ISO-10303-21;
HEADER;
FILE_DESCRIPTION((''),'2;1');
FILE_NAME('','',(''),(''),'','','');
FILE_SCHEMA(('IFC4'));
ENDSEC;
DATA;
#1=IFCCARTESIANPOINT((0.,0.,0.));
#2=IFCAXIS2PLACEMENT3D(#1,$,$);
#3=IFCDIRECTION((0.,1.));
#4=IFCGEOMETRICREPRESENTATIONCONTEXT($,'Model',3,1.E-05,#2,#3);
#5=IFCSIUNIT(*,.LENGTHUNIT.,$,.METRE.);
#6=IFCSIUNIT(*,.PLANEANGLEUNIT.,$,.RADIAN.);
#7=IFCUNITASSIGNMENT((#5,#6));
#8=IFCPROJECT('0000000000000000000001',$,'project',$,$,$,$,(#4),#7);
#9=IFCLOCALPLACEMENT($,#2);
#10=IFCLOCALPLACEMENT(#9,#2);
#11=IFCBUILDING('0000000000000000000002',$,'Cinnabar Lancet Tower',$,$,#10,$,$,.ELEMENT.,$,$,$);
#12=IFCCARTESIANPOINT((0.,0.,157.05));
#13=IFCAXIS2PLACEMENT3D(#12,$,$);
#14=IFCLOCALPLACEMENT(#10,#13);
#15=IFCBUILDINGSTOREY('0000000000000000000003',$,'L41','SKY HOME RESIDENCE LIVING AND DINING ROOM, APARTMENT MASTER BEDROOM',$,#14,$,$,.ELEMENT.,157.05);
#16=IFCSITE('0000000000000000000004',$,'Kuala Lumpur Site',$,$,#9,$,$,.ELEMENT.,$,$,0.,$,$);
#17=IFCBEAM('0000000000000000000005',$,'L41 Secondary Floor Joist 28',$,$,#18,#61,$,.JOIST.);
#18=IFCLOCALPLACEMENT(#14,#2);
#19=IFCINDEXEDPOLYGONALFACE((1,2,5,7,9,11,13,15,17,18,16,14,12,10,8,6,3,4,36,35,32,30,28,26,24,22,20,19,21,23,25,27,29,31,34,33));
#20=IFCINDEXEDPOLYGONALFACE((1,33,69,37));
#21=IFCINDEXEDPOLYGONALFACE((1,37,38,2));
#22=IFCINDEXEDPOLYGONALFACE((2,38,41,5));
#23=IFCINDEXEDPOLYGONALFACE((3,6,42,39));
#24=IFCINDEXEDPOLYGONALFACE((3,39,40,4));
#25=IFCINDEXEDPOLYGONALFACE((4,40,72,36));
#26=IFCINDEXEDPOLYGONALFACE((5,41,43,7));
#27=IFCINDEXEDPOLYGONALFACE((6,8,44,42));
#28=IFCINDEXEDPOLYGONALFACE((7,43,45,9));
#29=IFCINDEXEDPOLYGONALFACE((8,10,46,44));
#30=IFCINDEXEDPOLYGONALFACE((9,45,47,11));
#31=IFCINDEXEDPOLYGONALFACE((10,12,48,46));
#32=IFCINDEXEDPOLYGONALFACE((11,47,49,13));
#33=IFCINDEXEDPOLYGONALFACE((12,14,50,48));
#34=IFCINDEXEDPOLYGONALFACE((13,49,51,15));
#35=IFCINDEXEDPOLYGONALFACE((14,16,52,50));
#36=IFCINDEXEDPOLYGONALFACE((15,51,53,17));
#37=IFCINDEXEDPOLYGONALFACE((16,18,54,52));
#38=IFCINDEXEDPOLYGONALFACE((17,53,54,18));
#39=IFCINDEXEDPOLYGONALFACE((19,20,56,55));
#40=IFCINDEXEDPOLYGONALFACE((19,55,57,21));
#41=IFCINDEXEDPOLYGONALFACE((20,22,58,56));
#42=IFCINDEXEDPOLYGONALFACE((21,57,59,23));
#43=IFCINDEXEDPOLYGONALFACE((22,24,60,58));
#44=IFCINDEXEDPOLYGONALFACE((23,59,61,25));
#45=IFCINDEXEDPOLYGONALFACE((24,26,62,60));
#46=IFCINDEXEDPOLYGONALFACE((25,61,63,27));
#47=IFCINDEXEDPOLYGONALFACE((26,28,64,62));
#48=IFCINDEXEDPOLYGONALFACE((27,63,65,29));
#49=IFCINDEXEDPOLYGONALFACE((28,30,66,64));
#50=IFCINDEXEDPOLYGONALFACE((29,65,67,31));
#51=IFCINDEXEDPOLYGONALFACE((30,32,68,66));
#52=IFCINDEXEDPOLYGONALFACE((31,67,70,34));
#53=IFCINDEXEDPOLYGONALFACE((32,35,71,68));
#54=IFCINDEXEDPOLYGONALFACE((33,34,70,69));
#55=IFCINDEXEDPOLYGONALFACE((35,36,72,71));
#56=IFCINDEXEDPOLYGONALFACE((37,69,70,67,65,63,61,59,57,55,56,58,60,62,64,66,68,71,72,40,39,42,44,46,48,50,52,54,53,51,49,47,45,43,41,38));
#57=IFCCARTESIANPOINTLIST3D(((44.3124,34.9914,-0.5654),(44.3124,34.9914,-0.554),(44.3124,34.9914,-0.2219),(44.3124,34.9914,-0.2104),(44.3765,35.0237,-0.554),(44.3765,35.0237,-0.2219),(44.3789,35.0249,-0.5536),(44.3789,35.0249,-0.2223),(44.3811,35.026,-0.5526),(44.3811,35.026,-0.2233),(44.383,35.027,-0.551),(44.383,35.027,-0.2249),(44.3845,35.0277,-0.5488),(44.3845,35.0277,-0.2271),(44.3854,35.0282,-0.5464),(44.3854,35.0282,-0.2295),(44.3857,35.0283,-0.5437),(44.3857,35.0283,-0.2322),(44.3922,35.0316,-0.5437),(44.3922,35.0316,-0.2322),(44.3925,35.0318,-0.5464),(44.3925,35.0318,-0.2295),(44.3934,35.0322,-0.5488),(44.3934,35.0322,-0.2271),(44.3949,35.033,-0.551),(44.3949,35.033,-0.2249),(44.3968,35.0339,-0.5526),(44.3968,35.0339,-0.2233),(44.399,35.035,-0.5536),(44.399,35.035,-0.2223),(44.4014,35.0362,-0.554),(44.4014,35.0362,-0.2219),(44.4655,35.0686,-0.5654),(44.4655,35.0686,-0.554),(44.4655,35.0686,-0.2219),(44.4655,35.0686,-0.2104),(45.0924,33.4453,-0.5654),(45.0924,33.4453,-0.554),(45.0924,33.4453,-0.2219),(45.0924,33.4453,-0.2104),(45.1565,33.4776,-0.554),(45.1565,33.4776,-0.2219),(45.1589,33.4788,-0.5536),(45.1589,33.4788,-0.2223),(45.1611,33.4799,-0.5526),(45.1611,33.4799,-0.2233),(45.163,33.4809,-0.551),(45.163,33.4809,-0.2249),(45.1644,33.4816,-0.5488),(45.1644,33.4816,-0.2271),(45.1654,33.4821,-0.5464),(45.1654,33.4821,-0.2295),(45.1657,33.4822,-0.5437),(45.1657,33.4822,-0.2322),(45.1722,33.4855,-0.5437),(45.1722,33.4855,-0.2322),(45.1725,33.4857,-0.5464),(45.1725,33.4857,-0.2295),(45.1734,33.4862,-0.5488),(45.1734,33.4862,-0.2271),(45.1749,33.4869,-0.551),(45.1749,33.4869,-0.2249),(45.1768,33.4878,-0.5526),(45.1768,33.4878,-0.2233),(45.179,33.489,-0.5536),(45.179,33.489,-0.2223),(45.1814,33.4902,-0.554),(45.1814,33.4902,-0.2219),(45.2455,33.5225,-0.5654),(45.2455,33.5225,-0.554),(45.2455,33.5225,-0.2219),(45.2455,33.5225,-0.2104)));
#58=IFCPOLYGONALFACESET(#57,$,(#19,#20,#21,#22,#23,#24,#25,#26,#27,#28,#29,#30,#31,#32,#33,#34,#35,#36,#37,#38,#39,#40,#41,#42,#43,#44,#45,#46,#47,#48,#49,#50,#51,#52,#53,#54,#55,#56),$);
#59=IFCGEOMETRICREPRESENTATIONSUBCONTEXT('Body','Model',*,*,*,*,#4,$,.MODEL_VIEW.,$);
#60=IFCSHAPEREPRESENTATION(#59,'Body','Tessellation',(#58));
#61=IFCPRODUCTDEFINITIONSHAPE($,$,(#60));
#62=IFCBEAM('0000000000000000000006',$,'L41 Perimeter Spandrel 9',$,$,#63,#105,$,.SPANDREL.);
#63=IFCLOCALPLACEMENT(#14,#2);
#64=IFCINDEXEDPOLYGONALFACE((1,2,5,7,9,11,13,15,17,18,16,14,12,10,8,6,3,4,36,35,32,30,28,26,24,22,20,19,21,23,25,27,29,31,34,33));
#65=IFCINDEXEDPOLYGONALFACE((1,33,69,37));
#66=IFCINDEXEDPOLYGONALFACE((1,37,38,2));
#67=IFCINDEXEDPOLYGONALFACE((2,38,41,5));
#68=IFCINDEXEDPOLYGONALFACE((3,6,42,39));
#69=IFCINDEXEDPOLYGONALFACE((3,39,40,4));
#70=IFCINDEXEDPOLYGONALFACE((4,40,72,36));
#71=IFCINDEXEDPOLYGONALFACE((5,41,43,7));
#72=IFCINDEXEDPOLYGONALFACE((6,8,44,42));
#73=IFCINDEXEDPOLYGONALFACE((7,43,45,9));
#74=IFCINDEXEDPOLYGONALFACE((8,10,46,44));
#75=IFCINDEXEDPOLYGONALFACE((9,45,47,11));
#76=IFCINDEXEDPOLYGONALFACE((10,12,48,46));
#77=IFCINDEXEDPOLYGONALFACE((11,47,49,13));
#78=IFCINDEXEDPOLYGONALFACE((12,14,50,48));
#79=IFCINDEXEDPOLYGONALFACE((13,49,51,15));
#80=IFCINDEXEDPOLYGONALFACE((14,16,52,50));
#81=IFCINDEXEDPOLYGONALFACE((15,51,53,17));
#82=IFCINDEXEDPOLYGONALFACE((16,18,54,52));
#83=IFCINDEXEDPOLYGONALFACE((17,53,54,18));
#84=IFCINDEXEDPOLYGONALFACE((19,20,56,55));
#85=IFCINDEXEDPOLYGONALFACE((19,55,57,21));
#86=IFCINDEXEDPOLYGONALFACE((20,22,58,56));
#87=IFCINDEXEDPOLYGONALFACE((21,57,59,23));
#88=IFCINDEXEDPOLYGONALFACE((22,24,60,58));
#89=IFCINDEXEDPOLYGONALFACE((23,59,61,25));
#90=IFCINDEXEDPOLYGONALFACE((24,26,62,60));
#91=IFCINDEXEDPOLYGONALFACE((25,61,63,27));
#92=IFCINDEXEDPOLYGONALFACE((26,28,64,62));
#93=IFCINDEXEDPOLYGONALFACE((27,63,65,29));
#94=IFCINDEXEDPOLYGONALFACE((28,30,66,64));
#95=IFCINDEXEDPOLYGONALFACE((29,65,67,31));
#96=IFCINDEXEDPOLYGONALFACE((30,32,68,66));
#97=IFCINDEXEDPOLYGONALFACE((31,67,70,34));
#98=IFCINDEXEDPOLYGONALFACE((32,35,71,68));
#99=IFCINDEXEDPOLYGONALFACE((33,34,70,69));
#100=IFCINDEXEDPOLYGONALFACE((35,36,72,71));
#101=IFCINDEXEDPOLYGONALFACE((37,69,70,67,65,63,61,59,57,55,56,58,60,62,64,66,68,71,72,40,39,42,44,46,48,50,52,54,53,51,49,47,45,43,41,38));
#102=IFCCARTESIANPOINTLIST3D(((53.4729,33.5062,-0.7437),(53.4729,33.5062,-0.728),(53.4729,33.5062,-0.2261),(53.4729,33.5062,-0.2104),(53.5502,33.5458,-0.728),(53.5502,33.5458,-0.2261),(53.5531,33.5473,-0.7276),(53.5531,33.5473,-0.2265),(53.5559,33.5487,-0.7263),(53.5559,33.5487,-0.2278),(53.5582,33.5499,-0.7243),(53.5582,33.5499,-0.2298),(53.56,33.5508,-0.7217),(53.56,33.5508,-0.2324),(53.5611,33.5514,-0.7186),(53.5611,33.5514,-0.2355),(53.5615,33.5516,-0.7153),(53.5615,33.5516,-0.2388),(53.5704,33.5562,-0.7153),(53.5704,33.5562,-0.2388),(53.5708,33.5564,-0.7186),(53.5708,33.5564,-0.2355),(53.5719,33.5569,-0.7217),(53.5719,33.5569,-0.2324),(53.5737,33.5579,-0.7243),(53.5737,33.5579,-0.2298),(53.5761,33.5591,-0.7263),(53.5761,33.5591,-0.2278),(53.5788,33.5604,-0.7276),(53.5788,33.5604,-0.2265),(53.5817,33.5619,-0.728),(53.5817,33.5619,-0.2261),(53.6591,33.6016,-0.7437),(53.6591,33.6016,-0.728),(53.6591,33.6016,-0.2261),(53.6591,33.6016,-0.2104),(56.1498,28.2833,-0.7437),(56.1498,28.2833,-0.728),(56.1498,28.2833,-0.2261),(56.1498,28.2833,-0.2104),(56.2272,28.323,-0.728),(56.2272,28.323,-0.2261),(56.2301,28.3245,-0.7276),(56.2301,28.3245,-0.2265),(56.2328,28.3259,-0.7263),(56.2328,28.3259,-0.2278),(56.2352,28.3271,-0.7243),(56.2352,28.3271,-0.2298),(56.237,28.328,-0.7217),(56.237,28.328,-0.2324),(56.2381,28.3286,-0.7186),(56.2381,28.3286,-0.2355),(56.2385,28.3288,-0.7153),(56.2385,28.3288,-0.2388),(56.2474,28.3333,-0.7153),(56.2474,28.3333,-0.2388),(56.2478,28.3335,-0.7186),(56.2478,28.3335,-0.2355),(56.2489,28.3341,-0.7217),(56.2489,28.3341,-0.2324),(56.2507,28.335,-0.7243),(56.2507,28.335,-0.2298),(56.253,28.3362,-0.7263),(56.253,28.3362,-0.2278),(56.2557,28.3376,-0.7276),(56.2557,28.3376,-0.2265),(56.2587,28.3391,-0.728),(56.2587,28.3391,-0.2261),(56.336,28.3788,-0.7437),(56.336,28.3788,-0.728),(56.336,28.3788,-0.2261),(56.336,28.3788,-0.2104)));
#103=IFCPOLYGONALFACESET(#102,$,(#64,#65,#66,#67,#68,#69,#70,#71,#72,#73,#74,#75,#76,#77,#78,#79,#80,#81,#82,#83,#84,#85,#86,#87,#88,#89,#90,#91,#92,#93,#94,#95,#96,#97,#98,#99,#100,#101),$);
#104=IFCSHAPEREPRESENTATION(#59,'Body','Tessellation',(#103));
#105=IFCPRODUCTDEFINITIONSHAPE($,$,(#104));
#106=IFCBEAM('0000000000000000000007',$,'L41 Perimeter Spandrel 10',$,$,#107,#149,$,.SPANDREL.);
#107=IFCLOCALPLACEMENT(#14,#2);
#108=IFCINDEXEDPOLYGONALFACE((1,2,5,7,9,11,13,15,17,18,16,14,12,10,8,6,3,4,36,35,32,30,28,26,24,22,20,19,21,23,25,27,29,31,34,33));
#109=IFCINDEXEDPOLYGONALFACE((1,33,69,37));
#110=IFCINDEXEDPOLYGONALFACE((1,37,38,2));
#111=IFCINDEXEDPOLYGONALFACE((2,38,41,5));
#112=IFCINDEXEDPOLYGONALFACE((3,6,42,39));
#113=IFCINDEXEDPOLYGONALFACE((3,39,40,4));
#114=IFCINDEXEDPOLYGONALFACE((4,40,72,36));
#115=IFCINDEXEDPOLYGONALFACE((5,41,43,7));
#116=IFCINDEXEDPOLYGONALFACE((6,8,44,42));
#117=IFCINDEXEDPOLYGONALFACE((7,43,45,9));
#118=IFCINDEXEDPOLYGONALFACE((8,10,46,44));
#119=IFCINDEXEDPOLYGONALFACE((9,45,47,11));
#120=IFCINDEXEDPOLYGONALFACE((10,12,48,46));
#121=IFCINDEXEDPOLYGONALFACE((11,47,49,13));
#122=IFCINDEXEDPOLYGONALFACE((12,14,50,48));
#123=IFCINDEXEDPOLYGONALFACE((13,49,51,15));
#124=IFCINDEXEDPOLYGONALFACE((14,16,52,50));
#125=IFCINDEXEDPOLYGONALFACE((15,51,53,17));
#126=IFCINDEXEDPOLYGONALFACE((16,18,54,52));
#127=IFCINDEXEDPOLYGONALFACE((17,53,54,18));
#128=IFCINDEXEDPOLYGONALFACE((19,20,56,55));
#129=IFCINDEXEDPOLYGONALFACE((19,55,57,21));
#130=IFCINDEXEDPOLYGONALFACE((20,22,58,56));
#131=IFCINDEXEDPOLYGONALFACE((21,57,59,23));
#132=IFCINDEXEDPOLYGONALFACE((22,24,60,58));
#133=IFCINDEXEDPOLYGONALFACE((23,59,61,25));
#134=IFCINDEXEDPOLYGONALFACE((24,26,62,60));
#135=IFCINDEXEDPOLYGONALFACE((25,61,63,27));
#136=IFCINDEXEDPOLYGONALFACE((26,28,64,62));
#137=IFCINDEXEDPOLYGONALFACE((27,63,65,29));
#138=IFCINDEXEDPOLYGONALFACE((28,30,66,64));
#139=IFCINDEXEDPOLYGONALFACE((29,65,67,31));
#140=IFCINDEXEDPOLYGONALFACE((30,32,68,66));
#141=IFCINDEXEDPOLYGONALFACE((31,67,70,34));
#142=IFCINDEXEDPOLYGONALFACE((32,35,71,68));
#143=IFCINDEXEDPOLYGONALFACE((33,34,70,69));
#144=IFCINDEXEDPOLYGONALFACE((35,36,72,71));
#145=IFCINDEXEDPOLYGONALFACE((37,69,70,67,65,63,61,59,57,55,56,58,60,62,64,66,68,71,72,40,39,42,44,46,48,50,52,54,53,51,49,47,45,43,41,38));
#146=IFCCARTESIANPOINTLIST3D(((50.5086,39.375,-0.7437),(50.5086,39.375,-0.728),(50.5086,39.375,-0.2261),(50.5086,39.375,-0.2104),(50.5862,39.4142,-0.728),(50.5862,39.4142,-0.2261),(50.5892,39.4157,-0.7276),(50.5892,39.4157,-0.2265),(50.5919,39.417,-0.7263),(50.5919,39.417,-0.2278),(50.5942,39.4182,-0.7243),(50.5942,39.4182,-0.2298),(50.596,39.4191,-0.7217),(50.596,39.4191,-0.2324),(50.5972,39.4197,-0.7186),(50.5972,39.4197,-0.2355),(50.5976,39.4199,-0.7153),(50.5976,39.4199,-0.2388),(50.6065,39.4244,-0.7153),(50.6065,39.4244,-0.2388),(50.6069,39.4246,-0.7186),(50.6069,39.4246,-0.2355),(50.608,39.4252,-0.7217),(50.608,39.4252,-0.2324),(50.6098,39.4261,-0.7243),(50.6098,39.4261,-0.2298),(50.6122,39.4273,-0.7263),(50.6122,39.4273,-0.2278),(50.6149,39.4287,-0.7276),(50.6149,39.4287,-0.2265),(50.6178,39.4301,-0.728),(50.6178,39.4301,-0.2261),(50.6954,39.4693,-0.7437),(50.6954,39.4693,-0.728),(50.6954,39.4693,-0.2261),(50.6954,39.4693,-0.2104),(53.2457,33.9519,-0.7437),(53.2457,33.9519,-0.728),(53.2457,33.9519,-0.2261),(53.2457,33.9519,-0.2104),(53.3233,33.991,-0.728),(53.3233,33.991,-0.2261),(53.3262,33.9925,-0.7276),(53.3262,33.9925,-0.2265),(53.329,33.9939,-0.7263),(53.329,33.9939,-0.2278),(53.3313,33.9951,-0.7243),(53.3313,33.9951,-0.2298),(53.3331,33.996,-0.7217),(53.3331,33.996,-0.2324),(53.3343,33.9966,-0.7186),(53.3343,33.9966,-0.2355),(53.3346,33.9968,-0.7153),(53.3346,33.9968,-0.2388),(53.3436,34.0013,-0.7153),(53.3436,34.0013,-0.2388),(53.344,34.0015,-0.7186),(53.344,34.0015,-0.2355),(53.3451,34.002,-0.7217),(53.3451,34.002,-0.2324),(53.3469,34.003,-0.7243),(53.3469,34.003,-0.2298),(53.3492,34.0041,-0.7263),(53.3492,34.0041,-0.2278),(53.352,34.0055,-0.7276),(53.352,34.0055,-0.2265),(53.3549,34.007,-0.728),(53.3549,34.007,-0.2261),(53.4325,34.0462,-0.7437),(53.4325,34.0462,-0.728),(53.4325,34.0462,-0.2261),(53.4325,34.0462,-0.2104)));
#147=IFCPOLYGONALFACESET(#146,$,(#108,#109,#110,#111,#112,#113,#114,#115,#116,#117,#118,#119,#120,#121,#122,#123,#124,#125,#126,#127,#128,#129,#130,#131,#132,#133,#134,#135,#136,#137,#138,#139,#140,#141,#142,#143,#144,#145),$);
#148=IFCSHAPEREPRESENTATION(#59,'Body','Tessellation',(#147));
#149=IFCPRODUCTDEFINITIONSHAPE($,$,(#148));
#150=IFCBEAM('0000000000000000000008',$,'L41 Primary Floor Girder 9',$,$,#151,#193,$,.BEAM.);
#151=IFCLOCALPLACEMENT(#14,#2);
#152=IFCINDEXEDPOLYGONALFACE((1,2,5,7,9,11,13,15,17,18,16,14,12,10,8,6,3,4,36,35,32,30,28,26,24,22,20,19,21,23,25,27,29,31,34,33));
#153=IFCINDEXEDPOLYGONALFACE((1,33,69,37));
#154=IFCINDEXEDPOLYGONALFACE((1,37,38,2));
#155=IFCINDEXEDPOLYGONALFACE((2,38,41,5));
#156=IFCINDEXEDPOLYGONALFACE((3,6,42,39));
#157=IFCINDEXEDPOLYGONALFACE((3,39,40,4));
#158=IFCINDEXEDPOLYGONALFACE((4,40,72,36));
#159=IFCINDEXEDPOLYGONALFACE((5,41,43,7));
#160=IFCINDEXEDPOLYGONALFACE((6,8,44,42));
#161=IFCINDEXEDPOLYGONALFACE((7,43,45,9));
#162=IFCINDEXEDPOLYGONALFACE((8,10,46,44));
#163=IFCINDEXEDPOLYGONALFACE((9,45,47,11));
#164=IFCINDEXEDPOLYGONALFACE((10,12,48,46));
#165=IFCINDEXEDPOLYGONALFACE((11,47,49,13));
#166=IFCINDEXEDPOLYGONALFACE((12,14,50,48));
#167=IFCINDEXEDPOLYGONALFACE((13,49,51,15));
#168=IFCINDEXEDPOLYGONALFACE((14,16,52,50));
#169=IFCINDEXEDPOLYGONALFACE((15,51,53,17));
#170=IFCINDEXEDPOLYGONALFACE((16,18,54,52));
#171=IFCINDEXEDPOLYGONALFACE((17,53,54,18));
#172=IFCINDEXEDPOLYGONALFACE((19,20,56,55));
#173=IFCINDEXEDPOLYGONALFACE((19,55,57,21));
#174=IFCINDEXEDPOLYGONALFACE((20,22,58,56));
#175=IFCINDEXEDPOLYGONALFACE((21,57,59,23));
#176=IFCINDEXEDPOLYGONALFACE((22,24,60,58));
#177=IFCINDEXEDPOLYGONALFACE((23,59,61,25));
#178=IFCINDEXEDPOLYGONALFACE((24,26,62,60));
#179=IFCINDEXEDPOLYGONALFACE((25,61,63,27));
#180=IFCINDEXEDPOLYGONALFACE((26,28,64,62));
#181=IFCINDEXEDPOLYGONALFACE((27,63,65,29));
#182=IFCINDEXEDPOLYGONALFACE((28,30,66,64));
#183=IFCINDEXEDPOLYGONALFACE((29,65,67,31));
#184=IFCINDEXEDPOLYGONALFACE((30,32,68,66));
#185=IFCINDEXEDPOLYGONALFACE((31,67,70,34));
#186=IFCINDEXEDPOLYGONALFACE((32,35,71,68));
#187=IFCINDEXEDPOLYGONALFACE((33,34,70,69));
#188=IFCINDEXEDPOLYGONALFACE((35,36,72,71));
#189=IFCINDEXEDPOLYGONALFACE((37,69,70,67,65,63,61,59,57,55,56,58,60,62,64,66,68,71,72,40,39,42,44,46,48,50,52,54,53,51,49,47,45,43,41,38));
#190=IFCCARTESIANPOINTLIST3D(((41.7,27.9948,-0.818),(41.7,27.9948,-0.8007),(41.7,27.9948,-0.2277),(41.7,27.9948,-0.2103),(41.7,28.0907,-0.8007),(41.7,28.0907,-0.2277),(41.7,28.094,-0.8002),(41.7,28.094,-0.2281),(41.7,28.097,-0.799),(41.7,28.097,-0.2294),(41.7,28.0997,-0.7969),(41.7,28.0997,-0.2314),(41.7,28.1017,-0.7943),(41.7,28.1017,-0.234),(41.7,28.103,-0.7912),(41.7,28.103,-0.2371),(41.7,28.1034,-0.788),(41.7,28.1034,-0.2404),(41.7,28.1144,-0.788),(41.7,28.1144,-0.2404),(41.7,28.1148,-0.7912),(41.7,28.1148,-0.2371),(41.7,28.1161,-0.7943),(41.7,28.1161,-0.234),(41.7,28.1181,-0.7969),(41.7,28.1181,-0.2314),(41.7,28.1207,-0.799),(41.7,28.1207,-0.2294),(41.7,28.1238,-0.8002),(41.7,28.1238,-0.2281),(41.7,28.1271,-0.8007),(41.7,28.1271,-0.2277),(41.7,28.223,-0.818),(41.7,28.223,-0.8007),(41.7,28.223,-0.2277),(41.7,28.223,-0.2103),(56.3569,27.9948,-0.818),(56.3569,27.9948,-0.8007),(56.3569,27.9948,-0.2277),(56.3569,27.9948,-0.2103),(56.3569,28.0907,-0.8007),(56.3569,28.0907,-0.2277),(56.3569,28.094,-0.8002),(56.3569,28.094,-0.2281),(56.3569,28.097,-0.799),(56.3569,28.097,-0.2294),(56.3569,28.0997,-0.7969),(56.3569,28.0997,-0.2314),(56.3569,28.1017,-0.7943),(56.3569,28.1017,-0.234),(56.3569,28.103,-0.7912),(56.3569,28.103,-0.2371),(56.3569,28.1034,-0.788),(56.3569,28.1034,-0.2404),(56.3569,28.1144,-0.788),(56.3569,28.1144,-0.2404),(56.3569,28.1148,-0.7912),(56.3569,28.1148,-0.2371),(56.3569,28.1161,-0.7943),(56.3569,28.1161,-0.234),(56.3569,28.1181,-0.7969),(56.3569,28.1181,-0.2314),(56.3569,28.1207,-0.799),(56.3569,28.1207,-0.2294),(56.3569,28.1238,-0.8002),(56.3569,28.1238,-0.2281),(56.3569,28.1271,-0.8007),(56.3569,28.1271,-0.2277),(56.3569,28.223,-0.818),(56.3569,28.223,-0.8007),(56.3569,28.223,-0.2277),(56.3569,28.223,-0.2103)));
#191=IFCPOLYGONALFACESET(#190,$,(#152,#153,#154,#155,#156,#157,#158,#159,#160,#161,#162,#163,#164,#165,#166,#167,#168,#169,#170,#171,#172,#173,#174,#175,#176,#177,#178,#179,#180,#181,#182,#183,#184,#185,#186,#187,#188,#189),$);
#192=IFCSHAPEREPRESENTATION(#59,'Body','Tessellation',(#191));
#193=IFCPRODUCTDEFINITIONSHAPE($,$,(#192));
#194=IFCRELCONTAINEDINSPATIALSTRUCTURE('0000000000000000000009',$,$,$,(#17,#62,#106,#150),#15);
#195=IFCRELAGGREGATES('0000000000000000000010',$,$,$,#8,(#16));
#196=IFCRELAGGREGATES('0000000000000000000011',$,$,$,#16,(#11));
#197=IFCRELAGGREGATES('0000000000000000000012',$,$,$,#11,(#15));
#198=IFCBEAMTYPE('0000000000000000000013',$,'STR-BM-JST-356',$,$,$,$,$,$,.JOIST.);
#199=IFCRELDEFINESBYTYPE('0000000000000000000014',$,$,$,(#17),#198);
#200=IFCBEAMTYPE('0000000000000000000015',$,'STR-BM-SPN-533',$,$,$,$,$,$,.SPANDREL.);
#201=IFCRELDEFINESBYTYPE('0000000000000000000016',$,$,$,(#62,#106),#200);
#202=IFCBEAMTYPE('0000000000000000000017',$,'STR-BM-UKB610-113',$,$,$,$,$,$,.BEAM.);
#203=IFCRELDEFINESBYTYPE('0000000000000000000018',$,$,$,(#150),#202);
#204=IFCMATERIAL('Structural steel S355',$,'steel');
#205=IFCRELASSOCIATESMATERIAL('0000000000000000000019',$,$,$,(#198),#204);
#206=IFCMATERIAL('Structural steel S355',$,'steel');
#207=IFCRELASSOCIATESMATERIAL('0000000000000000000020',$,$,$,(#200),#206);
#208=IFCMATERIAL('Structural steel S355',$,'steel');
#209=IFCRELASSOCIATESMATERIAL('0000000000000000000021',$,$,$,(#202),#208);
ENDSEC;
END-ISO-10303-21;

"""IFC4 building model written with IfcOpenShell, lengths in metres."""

from ifc_helpers import new_model, si_unit, direction, frame, origin, origin_2d, place, context, subcontext, project, spatial, i_section, extrude, material, material_profile, profile_set, type_object, element, save


model = new_model("IFC4")

# Units and contexts
model_context = context("Model", 3, precision=1e-05, world=origin(), true_north=direction((0.0, 1.0)))
body_context = subcontext(model_context, "Body", "Model", "MODEL_VIEW")
ifc_project = project(units=[si_unit("LENGTHUNIT", "METRE"), si_unit("PLANEANGLEUNIT", "RADIAN")], contexts=[model_context])

# Site, building, storey
site_placement = place(None, origin())
site = spatial("IfcSite", under=ifc_project, at=site_placement, Name="Kuala Lumpur Site", CompositionType="ELEMENT", RefElevation=0.0)
building_placement = place(site_placement, origin())
building = spatial("IfcBuilding", under=site, at=building_placement, Name="Cinnabar Lancet Tower", CompositionType="ELEMENT")
storey_placement = place(building_placement, frame((0.0, 0.0, 157.05)))
storey = spatial("IfcBuildingStorey", under=building, at=storey_placement, Name="L41", Description="SKY HOME RESIDENCE LIVING AND DINING ROOM, APARTMENT MASTER BEDROOM", CompositionType="ELEMENT", Elevation=157.05)

# Beams
ifc_material_1 = material(Name="Structural steel S355", Category="steel")
ifc_material_profile_1 = material_profile(ifc_material_1, i_section(OverallWidth=0.1714, OverallDepth=0.355, WebThickness=0.0073, FlangeThickness=0.0115, FilletRadius=0.0103, at=origin_2d()), Name="UKB 356x171x51")
ifc_profile_set_1 = profile_set([ifc_material_profile_1], Name="Structural steel S355")
beam_type_1 = type_object("IfcBeamType", Name="STR-BM-JST-356", PredefinedType="JOIST", material=ifc_profile_set_1)
beam_1_placement = place(storey_placement, frame((45.1689, 33.4839, -0.3879), z_axis=(-0.450425, 0.892814, 0.0), x_axis=(-0.892814, -0.450425, 0.0)))
element("IfcBeam", 1, at=beam_1_placement, inside=storey, type_object=beam_type_1, Name="L41 Secondary Floor Joist 28", PredefinedType="JOIST", context=body_context, shape_type="SweptSolid", body=[
    extrude(i_section(OverallWidth=0.1714, OverallDepth=0.355, WebThickness=0.0073, FlangeThickness=0.0115, FilletRadius=0.0103, at=origin_2d()), origin(), (0.0, 0.0, 1.0), 1.7317),
])
ifc_material_2 = material(Name="Structural steel S355", Category="steel")
ifc_material_profile_2 = material_profile(ifc_material_2, i_section(OverallWidth=0.2092, OverallDepth=0.5332, WebThickness=0.01, FlangeThickness=0.0156, FilletRadius=0.0127, at=origin_2d()), Name="UKB 533x210x92")
ifc_profile_set_2 = profile_set([ifc_material_profile_2], Name="Structural steel S355")
beam_type_2 = type_object("IfcBeamType", Name="STR-BM-SPN-533", PredefinedType="SPANDREL", material=ifc_profile_set_2)
beam_2_placement = place(storey_placement, frame((56.2429, 28.3311, -0.4771), z_axis=(-0.456127, 0.889915, 0.0), x_axis=(-0.889915, -0.456127, 0.0)))
element("IfcBeam", 2, at=beam_2_placement, inside=storey, type_object=beam_type_2, Name="L41 Perimeter Spandrel 9", PredefinedType="SPANDREL", context=body_context, shape_type="SweptSolid", body=[
    extrude(i_section(OverallWidth=0.2092, OverallDepth=0.5332, WebThickness=0.01, FlangeThickness=0.0156, FilletRadius=0.0127, at=origin_2d()), origin(), (0.0, 0.0, 1.0), 5.8689),
])
beam_3_placement = place(storey_placement, frame((53.3391, 33.999, -0.4771), z_axis=(-0.45057, 0.892741, 0.0), x_axis=(-0.892741, -0.45057, 0.0)))
element("IfcBeam", 3, at=beam_3_placement, inside=storey, type_object=beam_type_2, Name="L41 Perimeter Spandrel 10", PredefinedType="SPANDREL", context=body_context, shape_type="SweptSolid", body=[
    extrude(i_section(OverallWidth=0.2092, OverallDepth=0.5332, WebThickness=0.01, FlangeThickness=0.0156, FilletRadius=0.0127, at=origin_2d()), origin(), (0.0, 0.0, 1.0), 6.0747),
])
ifc_material_3 = material(Name="Structural steel S355", Category="steel")
ifc_material_profile_3 = material_profile(ifc_material_3, i_section(OverallWidth=0.2283, OverallDepth=0.6077, WebThickness=0.011, FlangeThickness=0.0173, FilletRadius=0.0127, at=origin_2d()), Name="UKB 610x229x113")
ifc_profile_set_3 = profile_set([ifc_material_profile_3], Name="Structural steel S355")
beam_type_3 = type_object("IfcBeamType", Name="STR-BM-UKB610-113", PredefinedType="BEAM", material=ifc_profile_set_3)
beam_4_placement = place(storey_placement, frame((56.3569, 28.1089, -0.5142), z_axis=(-1.0, 0.0, 0.0), x_axis=(0.0, -1.0, 0.0)))
element("IfcBeam", 4, at=beam_4_placement, inside=storey, type_object=beam_type_3, Name="L41 Primary Floor Girder 9", PredefinedType="BEAM", context=body_context, shape_type="SweptSolid", body=[
    extrude(i_section(OverallWidth=0.2283, OverallDepth=0.6077, WebThickness=0.011, FlangeThickness=0.0173, FilletRadius=0.0127, at=origin_2d()), origin(), (0.0, 0.0, 1.0), 14.657),
])

save(model, "model.ifc")
